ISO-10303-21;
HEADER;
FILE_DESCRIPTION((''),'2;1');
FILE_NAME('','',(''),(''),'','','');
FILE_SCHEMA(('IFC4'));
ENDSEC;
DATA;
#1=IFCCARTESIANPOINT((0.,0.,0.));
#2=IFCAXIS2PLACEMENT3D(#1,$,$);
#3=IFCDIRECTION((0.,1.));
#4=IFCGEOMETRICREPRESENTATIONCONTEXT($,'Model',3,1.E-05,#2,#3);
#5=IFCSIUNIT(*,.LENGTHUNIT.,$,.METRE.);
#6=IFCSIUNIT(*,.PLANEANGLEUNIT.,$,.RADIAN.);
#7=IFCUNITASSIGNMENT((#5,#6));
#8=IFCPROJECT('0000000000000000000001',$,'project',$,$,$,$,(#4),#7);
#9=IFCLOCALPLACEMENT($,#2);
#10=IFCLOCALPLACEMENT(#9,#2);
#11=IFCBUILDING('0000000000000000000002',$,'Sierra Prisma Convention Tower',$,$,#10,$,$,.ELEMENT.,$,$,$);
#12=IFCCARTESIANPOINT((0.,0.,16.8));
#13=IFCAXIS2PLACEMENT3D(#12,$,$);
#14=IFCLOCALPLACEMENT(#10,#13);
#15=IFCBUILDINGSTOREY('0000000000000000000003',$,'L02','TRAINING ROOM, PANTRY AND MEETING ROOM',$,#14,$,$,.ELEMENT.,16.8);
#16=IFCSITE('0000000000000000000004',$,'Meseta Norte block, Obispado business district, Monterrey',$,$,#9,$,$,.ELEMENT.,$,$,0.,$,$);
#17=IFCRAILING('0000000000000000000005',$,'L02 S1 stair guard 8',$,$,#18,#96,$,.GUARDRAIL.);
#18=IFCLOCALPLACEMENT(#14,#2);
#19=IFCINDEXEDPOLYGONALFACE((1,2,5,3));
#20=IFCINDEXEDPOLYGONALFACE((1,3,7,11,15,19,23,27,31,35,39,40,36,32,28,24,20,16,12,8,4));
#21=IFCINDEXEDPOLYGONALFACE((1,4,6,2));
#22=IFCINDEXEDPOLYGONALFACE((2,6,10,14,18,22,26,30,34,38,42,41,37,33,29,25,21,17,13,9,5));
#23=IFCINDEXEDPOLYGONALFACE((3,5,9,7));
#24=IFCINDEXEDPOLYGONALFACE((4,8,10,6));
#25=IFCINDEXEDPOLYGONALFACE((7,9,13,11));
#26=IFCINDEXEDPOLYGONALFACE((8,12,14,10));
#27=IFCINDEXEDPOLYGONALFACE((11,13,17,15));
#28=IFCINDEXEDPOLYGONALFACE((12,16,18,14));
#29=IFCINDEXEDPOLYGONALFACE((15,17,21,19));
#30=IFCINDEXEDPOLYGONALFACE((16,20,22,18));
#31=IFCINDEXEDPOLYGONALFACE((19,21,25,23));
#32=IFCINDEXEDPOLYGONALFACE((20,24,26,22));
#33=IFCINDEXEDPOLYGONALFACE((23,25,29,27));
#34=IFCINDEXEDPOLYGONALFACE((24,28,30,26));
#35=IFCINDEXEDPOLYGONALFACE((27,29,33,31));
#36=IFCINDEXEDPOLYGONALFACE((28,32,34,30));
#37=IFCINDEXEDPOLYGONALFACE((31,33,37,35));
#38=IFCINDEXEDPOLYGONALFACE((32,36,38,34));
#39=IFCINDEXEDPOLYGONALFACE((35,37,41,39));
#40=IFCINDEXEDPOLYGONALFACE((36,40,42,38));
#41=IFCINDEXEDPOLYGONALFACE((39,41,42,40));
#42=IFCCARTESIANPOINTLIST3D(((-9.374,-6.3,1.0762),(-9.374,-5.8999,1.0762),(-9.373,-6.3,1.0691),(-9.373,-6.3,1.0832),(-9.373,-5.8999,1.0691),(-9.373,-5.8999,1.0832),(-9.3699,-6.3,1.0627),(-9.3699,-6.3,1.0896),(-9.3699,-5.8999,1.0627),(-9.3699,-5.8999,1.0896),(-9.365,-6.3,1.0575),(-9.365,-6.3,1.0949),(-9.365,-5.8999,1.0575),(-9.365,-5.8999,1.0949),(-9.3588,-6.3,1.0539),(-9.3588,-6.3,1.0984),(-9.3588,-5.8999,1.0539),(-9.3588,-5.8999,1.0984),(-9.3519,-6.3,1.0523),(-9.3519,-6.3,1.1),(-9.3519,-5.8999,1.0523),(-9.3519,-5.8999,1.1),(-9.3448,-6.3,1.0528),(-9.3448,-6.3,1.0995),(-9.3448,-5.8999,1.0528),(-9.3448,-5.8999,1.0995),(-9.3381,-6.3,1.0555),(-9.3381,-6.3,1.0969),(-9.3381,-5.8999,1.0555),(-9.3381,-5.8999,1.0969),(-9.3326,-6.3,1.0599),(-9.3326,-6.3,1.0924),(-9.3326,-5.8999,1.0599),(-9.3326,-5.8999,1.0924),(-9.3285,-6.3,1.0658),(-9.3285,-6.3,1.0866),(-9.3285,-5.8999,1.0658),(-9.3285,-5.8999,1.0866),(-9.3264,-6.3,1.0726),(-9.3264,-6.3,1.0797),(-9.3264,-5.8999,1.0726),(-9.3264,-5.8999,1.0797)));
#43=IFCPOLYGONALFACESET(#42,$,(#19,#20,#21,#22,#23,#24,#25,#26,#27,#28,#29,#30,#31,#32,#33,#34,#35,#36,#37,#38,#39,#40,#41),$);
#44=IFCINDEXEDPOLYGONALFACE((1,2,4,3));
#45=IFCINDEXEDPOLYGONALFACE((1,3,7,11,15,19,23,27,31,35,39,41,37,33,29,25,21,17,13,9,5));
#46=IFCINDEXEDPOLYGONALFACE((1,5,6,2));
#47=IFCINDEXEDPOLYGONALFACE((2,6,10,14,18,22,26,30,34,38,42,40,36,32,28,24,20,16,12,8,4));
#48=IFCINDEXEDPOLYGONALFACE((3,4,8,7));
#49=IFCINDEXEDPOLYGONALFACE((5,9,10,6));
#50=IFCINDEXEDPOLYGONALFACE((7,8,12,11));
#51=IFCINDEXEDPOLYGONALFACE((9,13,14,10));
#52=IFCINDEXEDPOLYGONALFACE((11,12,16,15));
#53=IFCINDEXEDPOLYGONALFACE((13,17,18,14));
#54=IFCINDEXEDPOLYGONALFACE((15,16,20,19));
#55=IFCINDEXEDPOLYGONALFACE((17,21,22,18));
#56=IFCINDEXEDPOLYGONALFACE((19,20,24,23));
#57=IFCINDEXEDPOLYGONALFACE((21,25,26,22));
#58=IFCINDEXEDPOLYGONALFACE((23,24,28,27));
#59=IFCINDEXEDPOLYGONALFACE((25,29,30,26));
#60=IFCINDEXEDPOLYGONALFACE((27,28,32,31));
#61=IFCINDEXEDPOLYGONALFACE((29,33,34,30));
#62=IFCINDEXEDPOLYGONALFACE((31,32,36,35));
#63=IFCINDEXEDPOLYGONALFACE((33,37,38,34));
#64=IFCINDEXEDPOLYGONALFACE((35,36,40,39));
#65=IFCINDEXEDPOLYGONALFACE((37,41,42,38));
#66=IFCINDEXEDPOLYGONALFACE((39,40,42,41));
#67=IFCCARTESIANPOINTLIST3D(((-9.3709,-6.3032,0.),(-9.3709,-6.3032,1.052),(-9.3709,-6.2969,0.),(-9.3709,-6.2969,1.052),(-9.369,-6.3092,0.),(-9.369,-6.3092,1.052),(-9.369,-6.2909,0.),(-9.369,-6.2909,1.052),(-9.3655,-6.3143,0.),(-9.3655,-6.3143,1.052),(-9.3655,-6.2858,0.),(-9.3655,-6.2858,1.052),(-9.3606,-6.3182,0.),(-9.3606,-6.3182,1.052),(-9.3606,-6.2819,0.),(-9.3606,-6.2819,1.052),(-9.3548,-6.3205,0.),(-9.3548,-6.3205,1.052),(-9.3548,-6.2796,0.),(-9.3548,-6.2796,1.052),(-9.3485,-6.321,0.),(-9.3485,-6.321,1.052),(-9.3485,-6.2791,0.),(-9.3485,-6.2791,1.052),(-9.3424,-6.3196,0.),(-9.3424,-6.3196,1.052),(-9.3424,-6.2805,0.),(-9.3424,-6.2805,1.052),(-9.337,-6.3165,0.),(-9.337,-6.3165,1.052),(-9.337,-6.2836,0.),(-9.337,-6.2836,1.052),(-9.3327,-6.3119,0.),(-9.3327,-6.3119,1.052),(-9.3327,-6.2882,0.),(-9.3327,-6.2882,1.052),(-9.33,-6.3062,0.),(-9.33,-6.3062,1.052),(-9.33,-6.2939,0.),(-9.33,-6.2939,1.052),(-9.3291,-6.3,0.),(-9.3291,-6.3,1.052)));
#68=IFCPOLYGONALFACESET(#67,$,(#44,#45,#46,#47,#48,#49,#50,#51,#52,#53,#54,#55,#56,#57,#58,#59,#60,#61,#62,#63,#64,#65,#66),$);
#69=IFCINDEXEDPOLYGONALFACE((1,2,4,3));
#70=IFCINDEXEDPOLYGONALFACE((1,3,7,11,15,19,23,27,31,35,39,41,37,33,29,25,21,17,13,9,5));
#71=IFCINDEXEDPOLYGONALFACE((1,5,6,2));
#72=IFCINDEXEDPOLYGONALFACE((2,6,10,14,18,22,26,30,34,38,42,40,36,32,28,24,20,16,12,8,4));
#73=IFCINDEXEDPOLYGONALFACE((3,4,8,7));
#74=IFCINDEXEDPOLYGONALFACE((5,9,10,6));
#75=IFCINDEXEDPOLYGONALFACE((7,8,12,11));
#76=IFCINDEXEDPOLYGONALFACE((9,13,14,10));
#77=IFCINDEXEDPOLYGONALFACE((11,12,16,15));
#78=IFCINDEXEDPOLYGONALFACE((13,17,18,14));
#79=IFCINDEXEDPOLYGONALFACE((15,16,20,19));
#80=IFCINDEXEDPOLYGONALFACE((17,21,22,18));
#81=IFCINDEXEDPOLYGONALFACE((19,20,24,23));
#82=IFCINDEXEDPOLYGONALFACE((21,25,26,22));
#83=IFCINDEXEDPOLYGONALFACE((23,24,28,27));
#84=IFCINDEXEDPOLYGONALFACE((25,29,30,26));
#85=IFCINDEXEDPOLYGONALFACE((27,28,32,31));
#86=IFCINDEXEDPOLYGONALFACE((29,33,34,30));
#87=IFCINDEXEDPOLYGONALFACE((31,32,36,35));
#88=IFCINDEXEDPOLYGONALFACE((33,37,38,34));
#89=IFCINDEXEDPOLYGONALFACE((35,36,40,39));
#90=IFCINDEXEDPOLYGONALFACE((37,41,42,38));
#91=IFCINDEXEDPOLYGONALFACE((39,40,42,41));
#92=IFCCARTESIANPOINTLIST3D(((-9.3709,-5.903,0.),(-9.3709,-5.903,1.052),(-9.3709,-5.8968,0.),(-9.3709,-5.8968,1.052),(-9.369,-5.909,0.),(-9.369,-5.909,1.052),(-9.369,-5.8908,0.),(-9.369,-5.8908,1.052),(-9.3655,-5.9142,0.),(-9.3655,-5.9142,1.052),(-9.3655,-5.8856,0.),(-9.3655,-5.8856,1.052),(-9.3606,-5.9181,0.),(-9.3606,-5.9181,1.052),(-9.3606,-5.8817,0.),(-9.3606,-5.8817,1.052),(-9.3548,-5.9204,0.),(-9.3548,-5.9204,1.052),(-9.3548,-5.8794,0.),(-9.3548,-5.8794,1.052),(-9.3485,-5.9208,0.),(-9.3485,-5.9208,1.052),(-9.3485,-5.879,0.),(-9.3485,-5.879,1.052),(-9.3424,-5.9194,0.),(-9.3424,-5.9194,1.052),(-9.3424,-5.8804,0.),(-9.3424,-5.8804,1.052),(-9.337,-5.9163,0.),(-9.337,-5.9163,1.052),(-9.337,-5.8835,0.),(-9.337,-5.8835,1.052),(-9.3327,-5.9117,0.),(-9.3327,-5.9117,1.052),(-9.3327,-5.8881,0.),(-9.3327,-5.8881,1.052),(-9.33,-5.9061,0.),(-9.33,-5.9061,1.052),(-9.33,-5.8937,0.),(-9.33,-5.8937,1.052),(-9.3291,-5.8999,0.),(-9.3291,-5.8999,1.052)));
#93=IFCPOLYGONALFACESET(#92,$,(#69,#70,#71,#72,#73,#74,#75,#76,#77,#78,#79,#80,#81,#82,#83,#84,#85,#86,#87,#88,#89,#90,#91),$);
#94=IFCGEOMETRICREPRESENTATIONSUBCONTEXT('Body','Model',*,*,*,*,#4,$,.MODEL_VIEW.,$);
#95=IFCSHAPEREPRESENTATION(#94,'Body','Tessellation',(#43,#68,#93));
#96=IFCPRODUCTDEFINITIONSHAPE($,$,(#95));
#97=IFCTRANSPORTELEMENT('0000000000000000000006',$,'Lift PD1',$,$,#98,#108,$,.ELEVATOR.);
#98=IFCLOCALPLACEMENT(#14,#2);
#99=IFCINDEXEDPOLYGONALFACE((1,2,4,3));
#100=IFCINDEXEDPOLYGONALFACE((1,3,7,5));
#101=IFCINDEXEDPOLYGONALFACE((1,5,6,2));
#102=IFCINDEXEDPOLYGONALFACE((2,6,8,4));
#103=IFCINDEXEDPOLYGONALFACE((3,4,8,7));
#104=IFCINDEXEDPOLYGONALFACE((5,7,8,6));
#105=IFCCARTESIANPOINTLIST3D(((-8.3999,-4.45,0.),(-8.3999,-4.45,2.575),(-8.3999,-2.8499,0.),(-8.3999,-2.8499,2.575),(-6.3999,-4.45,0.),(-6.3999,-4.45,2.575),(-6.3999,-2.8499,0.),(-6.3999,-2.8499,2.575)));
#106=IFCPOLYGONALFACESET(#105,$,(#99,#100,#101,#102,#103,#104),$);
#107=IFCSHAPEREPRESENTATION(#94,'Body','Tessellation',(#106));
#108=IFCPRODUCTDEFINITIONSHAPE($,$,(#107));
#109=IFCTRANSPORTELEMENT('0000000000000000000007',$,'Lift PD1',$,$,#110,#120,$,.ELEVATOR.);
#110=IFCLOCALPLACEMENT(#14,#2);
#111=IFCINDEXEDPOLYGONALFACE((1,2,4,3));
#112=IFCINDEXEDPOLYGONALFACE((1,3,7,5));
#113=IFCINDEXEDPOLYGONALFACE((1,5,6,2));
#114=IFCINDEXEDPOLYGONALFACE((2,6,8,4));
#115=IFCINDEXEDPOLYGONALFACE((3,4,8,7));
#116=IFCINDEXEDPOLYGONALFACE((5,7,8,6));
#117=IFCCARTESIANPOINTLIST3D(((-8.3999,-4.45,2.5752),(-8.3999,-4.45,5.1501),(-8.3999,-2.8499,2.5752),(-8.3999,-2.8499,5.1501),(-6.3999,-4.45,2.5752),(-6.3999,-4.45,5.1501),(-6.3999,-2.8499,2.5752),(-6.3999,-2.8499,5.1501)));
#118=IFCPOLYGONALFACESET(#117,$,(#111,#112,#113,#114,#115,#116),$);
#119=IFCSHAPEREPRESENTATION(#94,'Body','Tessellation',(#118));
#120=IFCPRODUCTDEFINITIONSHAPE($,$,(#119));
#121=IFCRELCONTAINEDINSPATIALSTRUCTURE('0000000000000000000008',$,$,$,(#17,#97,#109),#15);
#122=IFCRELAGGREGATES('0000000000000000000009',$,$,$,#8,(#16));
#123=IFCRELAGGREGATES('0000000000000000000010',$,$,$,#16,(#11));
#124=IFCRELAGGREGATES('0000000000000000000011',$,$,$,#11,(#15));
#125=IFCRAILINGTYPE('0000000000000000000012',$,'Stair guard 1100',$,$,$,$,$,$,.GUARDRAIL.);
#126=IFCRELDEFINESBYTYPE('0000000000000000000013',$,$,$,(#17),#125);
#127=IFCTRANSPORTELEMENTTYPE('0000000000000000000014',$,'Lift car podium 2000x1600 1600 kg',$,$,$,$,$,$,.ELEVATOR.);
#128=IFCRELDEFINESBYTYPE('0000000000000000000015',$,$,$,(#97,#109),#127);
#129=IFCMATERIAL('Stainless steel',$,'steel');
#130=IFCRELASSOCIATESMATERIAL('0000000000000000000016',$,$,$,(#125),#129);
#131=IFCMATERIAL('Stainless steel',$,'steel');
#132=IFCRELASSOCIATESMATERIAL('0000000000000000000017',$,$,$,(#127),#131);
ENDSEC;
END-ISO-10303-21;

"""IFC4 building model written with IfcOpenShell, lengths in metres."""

from ifc_helpers import new_model, si_unit, direction, frame, origin, origin_2d, place, context, subcontext, project, spatial, rectangle, circle, extrude, material, type_object, element, save


model = new_model("IFC4")

# Units and contexts
model_context = context("Model", 3, precision=1e-05, world=origin(), true_north=direction((0.0, 1.0)))
body_context = subcontext(model_context, "Body", "Model", "MODEL_VIEW")
ifc_project = project(units=[si_unit("LENGTHUNIT", "METRE"), si_unit("PLANEANGLEUNIT", "RADIAN")], contexts=[model_context])

# Site, building, storey
site_placement = place(None, origin())
site = spatial("IfcSite", under=ifc_project, at=site_placement, Name="Meseta Norte block, Obispado business district, Monterrey", CompositionType="ELEMENT", RefElevation=0.0)
building_placement = place(site_placement, origin())
building = spatial("IfcBuilding", under=site, at=building_placement, Name="Sierra Prisma Convention Tower", CompositionType="ELEMENT")
storey_placement = place(building_placement, frame((0.0, 0.0, 16.8)))
storey = spatial("IfcBuildingStorey", under=building, at=storey_placement, Name="L02", Description="TRAINING ROOM, PANTRY AND MEETING ROOM", CompositionType="ELEMENT", Elevation=16.8)

# Railing
ifc_material_1 = material(Name="Stainless steel", Category="steel")
railing_type_1 = type_object("IfcRailingType", Name="Stair guard 1100", PredefinedType="GUARDRAIL", material=ifc_material_1)
railing_1_placement = place(storey_placement, frame((-9.3501, -6.3, 0.0)))
element("IfcRailing", 1, at=railing_1_placement, inside=storey, type_object=railing_type_1, Name="L02 S1 stair guard 8", PredefinedType="GUARDRAIL", context=body_context, shape_type="SweptSolid", body=[
    extrude(circle(Radius=0.0239, at=origin_2d()), frame((0.0, 0.0, 1.0762), z_axis=(0.0, 1.0, 0.0), x_axis=(-1.0, 0.0, 0.0)), (0.0, 0.0, 1.0), 0.4001),
    extrude(circle(Radius=0.021, at=origin_2d()), origin(), (0.0, 0.0, 1.0), 1.052),
    extrude(circle(Radius=0.021, at=origin_2d()), frame((0.0, 0.4001, 0.0)), (0.0, 0.0, 1.0), 1.052),
])

# Transport elements
ifc_material_2 = material(Name="Stainless steel", Category="steel")
transport_element_type = type_object("IfcTransportElementType", Name="Lift car podium 2000x1600 1600 kg", PredefinedType="ELEVATOR", material=ifc_material_2)
for number, where, z_axis, x_axis, name in (
    (2, (-7.3999, -3.6499, 0.0), (0.0, 0.0, 1.0), (1.0, 0.0, 0.0), "Lift PD1"),
    (3, (-7.3999, -3.6499, 2.5752), (0.0, 0.0, 1.0), (1.0, 0.0, 0.0), "Lift PD1"),
):
    element("IfcTransportElement", number, at=place(storey_placement, frame(where, z_axis=z_axis, x_axis=x_axis)), inside=storey, type_object=transport_element_type, Name=name, PredefinedType="ELEVATOR", context=body_context, shape_type="SweptSolid", body=[
        extrude(rectangle(XDim=2.0, YDim=1.6001, at=origin_2d()), origin(), (0.0, 0.0, 1.0), 2.575),
    ])

save(model, "model.ifc")
